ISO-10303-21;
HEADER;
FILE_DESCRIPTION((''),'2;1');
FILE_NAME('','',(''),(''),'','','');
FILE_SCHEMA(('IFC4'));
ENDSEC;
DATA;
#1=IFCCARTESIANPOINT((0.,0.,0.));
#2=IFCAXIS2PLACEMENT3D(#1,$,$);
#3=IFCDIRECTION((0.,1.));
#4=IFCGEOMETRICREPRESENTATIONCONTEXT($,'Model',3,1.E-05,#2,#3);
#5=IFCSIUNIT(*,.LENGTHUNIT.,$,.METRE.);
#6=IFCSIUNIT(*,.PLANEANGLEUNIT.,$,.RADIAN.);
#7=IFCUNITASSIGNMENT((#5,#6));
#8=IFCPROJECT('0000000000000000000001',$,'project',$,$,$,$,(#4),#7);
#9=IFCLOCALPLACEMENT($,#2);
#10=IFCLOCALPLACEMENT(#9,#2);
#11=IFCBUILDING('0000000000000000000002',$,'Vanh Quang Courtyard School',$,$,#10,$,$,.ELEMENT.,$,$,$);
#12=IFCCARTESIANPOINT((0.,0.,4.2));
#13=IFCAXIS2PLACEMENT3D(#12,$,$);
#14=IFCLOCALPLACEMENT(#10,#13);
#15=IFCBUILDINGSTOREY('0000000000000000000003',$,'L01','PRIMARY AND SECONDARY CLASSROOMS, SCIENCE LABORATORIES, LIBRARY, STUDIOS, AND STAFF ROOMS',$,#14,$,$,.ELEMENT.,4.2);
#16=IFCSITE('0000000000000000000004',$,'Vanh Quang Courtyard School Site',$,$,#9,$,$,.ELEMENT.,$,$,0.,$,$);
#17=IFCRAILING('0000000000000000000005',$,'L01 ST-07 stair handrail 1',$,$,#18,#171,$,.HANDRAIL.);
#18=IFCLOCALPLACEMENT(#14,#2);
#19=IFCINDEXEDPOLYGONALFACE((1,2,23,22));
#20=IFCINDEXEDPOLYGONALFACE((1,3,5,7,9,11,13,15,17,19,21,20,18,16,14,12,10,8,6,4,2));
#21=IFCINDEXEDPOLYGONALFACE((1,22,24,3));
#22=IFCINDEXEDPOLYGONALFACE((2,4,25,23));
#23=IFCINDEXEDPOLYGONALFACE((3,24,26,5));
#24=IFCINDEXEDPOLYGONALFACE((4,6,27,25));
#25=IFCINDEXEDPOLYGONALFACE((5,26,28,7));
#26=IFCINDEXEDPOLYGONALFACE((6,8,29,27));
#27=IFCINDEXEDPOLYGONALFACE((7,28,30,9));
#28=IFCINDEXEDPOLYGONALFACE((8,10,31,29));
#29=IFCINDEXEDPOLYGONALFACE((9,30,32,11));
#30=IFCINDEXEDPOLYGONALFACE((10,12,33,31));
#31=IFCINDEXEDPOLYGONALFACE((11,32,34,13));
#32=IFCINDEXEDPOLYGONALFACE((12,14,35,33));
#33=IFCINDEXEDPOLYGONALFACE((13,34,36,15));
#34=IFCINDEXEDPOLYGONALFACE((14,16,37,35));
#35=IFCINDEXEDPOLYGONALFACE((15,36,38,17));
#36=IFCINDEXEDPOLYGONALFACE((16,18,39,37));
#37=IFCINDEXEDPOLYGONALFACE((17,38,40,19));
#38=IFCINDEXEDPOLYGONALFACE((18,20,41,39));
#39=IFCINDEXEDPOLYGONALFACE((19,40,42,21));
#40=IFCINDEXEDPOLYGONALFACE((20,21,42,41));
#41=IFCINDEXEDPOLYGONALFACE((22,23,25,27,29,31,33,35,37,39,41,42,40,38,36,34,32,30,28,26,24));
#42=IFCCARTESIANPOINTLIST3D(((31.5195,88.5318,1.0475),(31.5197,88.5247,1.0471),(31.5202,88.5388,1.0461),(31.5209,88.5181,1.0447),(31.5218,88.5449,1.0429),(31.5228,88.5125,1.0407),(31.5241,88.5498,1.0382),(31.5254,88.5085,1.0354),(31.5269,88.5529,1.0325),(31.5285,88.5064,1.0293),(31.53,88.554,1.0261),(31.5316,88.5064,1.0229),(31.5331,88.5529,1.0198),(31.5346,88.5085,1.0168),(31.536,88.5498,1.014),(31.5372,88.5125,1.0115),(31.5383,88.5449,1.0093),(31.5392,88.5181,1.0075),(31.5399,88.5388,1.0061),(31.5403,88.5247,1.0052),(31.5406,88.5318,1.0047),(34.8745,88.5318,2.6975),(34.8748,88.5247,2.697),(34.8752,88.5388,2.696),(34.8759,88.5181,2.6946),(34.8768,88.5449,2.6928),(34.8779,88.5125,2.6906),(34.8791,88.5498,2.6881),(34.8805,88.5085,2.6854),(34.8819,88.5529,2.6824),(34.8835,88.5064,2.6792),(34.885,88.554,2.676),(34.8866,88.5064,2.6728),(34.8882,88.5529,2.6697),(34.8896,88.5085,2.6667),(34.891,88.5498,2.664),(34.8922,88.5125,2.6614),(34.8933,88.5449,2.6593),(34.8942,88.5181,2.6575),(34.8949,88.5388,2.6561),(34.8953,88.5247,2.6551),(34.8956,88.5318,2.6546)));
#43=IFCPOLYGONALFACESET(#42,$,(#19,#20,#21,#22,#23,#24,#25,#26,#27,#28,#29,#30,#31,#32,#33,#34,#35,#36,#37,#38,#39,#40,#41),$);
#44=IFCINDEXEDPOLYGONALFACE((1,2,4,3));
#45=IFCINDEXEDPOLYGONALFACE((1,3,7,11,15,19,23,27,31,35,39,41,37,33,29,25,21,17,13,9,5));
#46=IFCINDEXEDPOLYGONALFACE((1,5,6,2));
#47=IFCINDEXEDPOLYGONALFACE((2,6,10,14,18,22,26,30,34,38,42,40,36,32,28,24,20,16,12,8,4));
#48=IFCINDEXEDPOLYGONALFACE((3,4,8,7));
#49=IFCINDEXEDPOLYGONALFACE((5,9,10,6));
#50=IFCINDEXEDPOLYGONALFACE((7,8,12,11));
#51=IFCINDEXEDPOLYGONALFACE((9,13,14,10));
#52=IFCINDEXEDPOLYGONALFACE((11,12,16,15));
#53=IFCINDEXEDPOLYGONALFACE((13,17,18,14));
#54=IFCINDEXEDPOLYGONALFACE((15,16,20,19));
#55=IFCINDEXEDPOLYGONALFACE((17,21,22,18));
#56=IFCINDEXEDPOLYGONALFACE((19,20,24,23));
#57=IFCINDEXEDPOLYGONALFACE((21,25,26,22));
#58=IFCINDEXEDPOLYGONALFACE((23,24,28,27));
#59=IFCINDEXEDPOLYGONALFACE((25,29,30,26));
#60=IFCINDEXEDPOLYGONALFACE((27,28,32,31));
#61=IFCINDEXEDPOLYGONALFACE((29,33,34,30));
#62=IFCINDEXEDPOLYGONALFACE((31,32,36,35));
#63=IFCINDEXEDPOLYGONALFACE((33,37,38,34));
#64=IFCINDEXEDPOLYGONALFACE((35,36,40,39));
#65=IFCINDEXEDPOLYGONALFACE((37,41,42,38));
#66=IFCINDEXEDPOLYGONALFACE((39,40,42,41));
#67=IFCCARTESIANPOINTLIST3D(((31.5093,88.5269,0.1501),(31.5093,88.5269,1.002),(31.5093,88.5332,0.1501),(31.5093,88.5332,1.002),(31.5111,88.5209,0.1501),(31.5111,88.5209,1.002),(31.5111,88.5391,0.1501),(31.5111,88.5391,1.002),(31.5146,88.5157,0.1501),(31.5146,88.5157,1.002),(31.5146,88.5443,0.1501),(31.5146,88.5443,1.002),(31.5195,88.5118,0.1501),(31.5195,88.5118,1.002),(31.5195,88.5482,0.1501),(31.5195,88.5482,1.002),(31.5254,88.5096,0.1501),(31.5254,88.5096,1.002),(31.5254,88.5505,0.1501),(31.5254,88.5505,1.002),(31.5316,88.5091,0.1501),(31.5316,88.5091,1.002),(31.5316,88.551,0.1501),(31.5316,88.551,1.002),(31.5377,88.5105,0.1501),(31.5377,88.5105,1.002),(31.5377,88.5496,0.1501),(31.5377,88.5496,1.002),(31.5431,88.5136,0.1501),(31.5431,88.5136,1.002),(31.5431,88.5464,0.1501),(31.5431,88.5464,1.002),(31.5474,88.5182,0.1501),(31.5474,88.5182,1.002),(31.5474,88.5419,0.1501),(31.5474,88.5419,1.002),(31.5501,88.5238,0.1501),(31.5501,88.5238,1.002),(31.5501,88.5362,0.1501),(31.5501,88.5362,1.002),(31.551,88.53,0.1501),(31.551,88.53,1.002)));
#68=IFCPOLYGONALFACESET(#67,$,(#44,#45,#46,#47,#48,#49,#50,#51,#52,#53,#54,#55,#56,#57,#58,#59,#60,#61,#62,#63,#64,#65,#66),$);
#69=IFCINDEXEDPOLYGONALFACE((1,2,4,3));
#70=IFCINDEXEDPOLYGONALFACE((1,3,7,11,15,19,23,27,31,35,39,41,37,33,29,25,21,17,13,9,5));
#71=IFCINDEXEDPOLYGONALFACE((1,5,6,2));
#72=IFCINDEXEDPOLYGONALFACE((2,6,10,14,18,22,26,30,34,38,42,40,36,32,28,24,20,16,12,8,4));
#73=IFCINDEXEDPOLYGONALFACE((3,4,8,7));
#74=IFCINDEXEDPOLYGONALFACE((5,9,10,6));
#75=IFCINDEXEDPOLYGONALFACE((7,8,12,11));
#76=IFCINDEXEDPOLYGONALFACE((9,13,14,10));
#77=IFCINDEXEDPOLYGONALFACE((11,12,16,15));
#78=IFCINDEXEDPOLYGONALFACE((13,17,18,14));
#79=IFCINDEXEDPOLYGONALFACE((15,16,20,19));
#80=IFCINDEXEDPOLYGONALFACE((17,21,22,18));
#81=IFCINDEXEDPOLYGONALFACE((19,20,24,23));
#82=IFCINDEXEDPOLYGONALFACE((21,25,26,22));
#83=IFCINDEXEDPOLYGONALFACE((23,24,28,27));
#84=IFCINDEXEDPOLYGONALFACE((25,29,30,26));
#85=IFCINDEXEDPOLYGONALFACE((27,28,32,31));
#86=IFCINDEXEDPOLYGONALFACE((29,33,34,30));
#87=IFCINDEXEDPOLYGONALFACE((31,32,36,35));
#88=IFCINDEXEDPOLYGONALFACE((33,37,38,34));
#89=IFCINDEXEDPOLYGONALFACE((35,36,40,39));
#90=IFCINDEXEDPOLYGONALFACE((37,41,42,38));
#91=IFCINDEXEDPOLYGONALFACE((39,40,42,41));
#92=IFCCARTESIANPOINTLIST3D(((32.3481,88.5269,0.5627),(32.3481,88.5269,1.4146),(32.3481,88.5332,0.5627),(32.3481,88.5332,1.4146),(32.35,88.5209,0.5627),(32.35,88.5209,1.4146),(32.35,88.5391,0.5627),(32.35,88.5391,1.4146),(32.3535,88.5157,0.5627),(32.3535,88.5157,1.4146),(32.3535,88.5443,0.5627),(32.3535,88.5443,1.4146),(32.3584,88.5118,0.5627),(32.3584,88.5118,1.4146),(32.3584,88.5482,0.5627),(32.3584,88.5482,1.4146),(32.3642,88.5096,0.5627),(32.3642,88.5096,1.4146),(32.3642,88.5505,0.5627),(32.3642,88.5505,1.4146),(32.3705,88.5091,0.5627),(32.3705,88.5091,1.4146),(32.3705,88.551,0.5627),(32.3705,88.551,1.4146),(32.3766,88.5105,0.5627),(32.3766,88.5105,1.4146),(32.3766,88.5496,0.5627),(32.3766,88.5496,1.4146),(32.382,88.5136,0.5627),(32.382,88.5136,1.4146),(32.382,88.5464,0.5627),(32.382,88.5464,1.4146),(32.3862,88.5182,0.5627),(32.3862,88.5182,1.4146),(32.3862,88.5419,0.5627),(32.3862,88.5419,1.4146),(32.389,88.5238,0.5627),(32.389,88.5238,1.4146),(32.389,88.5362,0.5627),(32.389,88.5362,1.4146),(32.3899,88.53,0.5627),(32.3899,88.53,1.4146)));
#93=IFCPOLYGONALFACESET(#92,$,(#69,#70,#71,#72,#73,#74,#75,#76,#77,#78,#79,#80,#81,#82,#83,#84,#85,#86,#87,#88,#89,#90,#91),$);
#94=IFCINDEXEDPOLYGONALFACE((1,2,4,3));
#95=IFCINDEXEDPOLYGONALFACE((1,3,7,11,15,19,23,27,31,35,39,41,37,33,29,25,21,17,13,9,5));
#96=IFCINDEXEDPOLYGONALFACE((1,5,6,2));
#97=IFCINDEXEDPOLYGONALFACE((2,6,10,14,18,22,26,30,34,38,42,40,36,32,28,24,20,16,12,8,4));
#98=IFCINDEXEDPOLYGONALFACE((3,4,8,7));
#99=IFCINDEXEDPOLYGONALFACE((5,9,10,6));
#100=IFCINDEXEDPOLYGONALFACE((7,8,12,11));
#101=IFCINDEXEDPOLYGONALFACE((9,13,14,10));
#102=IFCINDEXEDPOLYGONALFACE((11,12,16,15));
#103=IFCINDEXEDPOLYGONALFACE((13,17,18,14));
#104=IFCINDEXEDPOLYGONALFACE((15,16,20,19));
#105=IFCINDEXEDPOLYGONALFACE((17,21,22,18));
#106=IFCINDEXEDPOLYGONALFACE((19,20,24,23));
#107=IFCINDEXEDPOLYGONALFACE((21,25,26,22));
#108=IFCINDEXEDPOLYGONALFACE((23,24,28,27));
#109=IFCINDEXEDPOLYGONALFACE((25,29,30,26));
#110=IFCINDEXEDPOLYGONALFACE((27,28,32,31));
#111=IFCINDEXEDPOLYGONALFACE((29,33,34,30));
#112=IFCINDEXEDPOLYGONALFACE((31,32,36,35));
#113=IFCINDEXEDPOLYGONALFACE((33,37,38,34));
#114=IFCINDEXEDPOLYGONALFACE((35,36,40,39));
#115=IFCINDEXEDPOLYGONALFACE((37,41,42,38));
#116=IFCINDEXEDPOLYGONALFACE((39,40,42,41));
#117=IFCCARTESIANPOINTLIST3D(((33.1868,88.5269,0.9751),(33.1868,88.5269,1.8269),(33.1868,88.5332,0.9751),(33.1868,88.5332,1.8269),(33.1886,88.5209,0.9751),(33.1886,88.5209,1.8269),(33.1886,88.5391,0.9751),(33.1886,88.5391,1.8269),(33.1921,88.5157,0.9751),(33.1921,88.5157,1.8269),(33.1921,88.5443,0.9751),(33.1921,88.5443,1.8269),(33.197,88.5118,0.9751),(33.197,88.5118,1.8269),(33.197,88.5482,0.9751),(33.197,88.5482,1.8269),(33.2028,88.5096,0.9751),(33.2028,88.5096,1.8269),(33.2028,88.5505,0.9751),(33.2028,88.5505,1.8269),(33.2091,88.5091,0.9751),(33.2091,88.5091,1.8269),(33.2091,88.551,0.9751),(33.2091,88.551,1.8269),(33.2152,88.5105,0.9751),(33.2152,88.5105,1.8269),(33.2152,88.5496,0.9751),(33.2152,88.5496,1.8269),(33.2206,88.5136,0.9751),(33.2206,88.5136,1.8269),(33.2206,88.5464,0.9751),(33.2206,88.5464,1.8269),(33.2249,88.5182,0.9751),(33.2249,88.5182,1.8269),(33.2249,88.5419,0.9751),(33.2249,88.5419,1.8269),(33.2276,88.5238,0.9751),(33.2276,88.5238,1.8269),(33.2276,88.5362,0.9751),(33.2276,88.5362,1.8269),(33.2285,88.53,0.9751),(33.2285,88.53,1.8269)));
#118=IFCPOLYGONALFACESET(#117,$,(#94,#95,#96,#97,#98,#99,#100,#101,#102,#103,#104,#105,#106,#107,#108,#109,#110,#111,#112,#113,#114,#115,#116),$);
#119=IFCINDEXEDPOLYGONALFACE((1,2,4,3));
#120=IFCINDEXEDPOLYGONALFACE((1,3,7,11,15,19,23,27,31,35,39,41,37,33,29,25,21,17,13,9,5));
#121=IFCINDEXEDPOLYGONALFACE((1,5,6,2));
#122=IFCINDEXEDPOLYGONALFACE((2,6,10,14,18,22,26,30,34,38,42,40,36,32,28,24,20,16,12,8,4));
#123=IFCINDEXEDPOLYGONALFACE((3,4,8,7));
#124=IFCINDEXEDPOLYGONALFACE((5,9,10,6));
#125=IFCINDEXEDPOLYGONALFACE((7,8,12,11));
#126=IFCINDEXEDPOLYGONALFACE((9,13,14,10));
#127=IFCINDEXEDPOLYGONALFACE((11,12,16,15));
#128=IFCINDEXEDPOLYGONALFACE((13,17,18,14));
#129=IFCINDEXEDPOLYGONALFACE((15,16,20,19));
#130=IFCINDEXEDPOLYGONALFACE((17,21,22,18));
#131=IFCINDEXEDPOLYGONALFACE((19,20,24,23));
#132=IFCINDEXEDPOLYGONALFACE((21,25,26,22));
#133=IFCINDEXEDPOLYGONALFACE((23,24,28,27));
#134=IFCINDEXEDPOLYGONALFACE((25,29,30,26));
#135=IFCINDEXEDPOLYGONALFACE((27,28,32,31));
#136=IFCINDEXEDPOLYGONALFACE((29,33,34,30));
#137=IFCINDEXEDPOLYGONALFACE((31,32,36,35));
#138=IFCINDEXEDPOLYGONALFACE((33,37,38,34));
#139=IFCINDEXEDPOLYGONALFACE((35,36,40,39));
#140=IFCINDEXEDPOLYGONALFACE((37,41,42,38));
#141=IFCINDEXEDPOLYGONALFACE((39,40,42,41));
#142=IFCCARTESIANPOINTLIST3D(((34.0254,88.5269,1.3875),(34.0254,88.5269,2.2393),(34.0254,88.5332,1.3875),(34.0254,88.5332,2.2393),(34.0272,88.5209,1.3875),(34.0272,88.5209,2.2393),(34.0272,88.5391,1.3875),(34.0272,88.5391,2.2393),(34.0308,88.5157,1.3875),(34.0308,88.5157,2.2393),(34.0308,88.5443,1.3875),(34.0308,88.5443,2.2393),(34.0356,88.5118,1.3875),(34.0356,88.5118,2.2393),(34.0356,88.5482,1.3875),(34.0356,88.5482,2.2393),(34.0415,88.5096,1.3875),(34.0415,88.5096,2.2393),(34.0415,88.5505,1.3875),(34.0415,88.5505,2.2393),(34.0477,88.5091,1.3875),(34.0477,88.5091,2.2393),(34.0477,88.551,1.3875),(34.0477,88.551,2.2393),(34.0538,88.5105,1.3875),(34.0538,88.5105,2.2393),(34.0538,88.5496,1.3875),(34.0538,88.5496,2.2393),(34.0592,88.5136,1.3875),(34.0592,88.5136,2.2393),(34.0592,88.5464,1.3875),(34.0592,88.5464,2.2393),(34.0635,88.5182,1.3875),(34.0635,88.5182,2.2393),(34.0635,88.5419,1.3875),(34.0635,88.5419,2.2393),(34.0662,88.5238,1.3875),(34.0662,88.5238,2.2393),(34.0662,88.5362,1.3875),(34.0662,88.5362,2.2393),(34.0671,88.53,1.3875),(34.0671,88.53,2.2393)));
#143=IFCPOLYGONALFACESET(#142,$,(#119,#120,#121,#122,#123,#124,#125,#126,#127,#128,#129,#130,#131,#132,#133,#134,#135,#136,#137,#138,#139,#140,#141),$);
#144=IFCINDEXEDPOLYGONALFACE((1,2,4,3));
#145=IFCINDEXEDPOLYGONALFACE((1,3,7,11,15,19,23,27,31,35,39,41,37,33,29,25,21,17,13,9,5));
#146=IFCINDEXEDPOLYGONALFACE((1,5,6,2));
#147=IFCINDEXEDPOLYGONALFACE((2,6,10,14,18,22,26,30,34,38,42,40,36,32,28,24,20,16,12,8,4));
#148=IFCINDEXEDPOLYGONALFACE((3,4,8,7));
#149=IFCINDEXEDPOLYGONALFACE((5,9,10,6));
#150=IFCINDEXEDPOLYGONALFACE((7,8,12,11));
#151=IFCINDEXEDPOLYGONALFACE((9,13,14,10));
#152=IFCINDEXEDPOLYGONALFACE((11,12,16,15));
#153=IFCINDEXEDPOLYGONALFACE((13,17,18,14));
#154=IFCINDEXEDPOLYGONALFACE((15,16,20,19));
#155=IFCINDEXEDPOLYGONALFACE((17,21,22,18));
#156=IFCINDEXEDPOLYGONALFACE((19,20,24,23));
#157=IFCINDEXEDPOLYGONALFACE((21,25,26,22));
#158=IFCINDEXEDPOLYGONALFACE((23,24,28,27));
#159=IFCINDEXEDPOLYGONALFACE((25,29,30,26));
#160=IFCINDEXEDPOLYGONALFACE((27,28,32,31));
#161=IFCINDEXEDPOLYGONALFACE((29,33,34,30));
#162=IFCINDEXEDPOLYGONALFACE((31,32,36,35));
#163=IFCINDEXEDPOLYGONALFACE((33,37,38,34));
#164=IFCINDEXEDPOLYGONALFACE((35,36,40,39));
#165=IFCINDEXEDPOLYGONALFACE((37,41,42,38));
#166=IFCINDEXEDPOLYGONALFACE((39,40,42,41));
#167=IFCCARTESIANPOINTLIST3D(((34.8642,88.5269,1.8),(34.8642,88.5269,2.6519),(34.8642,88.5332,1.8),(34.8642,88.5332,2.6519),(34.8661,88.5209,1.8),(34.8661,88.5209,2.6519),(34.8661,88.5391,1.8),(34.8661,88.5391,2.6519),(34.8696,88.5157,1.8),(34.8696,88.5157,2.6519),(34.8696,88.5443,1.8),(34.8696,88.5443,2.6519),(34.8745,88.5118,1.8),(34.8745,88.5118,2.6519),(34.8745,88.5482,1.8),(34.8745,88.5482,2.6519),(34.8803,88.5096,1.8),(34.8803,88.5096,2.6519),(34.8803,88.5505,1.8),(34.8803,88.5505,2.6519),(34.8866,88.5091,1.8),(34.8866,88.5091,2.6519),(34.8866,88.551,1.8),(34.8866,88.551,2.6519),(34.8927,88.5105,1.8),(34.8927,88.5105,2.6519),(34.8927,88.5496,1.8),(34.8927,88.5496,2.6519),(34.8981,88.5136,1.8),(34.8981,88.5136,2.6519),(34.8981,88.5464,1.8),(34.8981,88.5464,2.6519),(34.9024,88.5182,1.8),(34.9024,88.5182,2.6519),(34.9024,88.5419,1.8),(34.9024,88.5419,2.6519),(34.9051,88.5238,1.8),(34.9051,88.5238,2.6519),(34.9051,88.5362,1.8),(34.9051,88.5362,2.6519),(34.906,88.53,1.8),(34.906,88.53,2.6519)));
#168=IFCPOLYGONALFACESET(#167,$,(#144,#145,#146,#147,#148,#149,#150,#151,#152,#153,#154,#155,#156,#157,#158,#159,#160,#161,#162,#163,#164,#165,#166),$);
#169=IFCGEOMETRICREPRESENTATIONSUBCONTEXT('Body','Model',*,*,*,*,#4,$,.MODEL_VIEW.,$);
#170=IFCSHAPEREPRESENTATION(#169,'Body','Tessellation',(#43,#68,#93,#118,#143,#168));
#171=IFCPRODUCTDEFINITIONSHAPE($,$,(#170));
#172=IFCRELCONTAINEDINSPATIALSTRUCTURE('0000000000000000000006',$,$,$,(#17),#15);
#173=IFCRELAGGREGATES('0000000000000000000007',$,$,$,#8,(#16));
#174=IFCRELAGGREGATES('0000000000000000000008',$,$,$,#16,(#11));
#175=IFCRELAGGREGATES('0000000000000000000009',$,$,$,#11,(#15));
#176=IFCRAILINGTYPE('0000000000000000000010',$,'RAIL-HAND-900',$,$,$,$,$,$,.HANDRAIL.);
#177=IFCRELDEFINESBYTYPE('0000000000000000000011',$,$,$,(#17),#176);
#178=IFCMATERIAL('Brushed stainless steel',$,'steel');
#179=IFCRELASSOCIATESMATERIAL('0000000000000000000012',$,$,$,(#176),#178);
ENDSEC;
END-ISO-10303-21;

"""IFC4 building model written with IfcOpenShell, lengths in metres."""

from ifc_helpers import new_model, si_unit, direction, frame, origin, origin_2d, place, context, subcontext, project, spatial, circle, extrude, material, type_object, element, save


model = new_model("IFC4")

# Units and contexts
model_context = context("Model", 3, precision=1e-05, world=origin(), true_north=direction((0.0, 1.0)))
body_context = subcontext(model_context, "Body", "Model", "MODEL_VIEW")
ifc_project = project(units=[si_unit("LENGTHUNIT", "METRE"), si_unit("PLANEANGLEUNIT", "RADIAN")], contexts=[model_context])

# Site, building, storey
site_placement = place(None, origin())
site = spatial("IfcSite", under=ifc_project, at=site_placement, Name="Vanh Quang Courtyard School Site", CompositionType="ELEMENT", RefElevation=0.0)
building_placement = place(site_placement, origin())
building = spatial("IfcBuilding", under=site, at=building_placement, Name="Vanh Quang Courtyard School", CompositionType="ELEMENT")
storey_placement = place(building_placement, frame((0.0, 0.0, 4.2)))
storey = spatial("IfcBuildingStorey", under=building, at=storey_placement, Name="L01", Description="PRIMARY AND SECONDARY CLASSROOMS, SCIENCE LABORATORIES, LIBRARY, STUDIOS, AND STAFF ROOMS", CompositionType="ELEMENT", Elevation=4.2)

# Railing
ifc_material_1 = material(Name="Brushed stainless steel", Category="steel")
railing_type_1 = type_object("IfcRailingType", Name="RAIL-HAND-900", PredefinedType="HANDRAIL", material=ifc_material_1)
railing_1_placement = place(storey_placement, frame((31.53, 88.53, 0.1501)))
element("IfcRailing", 1, at=railing_1_placement, inside=storey, type_object=railing_type_1, Name="L01 ST-07 stair handrail 1", PredefinedType="HANDRAIL", context=body_context, shape_type="SweptSolid", body=[
    extrude(circle(Radius=0.0239, at=origin_2d()), frame((0.0, 0.0, 0.876), z_axis=(0.897359, 0.0, 0.441301), x_axis=(0.0, 1.0, 0.0)), (0.0, 0.0, 1.0), 3.7388),
    extrude(circle(Radius=0.021, at=origin_2d()), origin(), (0.0, 0.0, 1.0), 0.8518),
    extrude(circle(Radius=0.021, at=origin_2d()), frame((0.8389, 0.0, 0.4126)), (0.0, 0.0, 1.0), 0.8518),
    extrude(circle(Radius=0.021, at=origin_2d()), frame((1.6775, 0.0, 0.825)), (0.0, 0.0, 1.0), 0.8518),
    extrude(circle(Radius=0.021, at=origin_2d()), frame((2.5161, 0.0, 1.2373)), (0.0, 0.0, 1.0), 0.8518),
    extrude(circle(Radius=0.021, at=origin_2d()), frame((3.355, 0.0, 1.6499)), (0.0, 0.0, 1.0), 0.8518),
])

save(model, "model.ifc")
